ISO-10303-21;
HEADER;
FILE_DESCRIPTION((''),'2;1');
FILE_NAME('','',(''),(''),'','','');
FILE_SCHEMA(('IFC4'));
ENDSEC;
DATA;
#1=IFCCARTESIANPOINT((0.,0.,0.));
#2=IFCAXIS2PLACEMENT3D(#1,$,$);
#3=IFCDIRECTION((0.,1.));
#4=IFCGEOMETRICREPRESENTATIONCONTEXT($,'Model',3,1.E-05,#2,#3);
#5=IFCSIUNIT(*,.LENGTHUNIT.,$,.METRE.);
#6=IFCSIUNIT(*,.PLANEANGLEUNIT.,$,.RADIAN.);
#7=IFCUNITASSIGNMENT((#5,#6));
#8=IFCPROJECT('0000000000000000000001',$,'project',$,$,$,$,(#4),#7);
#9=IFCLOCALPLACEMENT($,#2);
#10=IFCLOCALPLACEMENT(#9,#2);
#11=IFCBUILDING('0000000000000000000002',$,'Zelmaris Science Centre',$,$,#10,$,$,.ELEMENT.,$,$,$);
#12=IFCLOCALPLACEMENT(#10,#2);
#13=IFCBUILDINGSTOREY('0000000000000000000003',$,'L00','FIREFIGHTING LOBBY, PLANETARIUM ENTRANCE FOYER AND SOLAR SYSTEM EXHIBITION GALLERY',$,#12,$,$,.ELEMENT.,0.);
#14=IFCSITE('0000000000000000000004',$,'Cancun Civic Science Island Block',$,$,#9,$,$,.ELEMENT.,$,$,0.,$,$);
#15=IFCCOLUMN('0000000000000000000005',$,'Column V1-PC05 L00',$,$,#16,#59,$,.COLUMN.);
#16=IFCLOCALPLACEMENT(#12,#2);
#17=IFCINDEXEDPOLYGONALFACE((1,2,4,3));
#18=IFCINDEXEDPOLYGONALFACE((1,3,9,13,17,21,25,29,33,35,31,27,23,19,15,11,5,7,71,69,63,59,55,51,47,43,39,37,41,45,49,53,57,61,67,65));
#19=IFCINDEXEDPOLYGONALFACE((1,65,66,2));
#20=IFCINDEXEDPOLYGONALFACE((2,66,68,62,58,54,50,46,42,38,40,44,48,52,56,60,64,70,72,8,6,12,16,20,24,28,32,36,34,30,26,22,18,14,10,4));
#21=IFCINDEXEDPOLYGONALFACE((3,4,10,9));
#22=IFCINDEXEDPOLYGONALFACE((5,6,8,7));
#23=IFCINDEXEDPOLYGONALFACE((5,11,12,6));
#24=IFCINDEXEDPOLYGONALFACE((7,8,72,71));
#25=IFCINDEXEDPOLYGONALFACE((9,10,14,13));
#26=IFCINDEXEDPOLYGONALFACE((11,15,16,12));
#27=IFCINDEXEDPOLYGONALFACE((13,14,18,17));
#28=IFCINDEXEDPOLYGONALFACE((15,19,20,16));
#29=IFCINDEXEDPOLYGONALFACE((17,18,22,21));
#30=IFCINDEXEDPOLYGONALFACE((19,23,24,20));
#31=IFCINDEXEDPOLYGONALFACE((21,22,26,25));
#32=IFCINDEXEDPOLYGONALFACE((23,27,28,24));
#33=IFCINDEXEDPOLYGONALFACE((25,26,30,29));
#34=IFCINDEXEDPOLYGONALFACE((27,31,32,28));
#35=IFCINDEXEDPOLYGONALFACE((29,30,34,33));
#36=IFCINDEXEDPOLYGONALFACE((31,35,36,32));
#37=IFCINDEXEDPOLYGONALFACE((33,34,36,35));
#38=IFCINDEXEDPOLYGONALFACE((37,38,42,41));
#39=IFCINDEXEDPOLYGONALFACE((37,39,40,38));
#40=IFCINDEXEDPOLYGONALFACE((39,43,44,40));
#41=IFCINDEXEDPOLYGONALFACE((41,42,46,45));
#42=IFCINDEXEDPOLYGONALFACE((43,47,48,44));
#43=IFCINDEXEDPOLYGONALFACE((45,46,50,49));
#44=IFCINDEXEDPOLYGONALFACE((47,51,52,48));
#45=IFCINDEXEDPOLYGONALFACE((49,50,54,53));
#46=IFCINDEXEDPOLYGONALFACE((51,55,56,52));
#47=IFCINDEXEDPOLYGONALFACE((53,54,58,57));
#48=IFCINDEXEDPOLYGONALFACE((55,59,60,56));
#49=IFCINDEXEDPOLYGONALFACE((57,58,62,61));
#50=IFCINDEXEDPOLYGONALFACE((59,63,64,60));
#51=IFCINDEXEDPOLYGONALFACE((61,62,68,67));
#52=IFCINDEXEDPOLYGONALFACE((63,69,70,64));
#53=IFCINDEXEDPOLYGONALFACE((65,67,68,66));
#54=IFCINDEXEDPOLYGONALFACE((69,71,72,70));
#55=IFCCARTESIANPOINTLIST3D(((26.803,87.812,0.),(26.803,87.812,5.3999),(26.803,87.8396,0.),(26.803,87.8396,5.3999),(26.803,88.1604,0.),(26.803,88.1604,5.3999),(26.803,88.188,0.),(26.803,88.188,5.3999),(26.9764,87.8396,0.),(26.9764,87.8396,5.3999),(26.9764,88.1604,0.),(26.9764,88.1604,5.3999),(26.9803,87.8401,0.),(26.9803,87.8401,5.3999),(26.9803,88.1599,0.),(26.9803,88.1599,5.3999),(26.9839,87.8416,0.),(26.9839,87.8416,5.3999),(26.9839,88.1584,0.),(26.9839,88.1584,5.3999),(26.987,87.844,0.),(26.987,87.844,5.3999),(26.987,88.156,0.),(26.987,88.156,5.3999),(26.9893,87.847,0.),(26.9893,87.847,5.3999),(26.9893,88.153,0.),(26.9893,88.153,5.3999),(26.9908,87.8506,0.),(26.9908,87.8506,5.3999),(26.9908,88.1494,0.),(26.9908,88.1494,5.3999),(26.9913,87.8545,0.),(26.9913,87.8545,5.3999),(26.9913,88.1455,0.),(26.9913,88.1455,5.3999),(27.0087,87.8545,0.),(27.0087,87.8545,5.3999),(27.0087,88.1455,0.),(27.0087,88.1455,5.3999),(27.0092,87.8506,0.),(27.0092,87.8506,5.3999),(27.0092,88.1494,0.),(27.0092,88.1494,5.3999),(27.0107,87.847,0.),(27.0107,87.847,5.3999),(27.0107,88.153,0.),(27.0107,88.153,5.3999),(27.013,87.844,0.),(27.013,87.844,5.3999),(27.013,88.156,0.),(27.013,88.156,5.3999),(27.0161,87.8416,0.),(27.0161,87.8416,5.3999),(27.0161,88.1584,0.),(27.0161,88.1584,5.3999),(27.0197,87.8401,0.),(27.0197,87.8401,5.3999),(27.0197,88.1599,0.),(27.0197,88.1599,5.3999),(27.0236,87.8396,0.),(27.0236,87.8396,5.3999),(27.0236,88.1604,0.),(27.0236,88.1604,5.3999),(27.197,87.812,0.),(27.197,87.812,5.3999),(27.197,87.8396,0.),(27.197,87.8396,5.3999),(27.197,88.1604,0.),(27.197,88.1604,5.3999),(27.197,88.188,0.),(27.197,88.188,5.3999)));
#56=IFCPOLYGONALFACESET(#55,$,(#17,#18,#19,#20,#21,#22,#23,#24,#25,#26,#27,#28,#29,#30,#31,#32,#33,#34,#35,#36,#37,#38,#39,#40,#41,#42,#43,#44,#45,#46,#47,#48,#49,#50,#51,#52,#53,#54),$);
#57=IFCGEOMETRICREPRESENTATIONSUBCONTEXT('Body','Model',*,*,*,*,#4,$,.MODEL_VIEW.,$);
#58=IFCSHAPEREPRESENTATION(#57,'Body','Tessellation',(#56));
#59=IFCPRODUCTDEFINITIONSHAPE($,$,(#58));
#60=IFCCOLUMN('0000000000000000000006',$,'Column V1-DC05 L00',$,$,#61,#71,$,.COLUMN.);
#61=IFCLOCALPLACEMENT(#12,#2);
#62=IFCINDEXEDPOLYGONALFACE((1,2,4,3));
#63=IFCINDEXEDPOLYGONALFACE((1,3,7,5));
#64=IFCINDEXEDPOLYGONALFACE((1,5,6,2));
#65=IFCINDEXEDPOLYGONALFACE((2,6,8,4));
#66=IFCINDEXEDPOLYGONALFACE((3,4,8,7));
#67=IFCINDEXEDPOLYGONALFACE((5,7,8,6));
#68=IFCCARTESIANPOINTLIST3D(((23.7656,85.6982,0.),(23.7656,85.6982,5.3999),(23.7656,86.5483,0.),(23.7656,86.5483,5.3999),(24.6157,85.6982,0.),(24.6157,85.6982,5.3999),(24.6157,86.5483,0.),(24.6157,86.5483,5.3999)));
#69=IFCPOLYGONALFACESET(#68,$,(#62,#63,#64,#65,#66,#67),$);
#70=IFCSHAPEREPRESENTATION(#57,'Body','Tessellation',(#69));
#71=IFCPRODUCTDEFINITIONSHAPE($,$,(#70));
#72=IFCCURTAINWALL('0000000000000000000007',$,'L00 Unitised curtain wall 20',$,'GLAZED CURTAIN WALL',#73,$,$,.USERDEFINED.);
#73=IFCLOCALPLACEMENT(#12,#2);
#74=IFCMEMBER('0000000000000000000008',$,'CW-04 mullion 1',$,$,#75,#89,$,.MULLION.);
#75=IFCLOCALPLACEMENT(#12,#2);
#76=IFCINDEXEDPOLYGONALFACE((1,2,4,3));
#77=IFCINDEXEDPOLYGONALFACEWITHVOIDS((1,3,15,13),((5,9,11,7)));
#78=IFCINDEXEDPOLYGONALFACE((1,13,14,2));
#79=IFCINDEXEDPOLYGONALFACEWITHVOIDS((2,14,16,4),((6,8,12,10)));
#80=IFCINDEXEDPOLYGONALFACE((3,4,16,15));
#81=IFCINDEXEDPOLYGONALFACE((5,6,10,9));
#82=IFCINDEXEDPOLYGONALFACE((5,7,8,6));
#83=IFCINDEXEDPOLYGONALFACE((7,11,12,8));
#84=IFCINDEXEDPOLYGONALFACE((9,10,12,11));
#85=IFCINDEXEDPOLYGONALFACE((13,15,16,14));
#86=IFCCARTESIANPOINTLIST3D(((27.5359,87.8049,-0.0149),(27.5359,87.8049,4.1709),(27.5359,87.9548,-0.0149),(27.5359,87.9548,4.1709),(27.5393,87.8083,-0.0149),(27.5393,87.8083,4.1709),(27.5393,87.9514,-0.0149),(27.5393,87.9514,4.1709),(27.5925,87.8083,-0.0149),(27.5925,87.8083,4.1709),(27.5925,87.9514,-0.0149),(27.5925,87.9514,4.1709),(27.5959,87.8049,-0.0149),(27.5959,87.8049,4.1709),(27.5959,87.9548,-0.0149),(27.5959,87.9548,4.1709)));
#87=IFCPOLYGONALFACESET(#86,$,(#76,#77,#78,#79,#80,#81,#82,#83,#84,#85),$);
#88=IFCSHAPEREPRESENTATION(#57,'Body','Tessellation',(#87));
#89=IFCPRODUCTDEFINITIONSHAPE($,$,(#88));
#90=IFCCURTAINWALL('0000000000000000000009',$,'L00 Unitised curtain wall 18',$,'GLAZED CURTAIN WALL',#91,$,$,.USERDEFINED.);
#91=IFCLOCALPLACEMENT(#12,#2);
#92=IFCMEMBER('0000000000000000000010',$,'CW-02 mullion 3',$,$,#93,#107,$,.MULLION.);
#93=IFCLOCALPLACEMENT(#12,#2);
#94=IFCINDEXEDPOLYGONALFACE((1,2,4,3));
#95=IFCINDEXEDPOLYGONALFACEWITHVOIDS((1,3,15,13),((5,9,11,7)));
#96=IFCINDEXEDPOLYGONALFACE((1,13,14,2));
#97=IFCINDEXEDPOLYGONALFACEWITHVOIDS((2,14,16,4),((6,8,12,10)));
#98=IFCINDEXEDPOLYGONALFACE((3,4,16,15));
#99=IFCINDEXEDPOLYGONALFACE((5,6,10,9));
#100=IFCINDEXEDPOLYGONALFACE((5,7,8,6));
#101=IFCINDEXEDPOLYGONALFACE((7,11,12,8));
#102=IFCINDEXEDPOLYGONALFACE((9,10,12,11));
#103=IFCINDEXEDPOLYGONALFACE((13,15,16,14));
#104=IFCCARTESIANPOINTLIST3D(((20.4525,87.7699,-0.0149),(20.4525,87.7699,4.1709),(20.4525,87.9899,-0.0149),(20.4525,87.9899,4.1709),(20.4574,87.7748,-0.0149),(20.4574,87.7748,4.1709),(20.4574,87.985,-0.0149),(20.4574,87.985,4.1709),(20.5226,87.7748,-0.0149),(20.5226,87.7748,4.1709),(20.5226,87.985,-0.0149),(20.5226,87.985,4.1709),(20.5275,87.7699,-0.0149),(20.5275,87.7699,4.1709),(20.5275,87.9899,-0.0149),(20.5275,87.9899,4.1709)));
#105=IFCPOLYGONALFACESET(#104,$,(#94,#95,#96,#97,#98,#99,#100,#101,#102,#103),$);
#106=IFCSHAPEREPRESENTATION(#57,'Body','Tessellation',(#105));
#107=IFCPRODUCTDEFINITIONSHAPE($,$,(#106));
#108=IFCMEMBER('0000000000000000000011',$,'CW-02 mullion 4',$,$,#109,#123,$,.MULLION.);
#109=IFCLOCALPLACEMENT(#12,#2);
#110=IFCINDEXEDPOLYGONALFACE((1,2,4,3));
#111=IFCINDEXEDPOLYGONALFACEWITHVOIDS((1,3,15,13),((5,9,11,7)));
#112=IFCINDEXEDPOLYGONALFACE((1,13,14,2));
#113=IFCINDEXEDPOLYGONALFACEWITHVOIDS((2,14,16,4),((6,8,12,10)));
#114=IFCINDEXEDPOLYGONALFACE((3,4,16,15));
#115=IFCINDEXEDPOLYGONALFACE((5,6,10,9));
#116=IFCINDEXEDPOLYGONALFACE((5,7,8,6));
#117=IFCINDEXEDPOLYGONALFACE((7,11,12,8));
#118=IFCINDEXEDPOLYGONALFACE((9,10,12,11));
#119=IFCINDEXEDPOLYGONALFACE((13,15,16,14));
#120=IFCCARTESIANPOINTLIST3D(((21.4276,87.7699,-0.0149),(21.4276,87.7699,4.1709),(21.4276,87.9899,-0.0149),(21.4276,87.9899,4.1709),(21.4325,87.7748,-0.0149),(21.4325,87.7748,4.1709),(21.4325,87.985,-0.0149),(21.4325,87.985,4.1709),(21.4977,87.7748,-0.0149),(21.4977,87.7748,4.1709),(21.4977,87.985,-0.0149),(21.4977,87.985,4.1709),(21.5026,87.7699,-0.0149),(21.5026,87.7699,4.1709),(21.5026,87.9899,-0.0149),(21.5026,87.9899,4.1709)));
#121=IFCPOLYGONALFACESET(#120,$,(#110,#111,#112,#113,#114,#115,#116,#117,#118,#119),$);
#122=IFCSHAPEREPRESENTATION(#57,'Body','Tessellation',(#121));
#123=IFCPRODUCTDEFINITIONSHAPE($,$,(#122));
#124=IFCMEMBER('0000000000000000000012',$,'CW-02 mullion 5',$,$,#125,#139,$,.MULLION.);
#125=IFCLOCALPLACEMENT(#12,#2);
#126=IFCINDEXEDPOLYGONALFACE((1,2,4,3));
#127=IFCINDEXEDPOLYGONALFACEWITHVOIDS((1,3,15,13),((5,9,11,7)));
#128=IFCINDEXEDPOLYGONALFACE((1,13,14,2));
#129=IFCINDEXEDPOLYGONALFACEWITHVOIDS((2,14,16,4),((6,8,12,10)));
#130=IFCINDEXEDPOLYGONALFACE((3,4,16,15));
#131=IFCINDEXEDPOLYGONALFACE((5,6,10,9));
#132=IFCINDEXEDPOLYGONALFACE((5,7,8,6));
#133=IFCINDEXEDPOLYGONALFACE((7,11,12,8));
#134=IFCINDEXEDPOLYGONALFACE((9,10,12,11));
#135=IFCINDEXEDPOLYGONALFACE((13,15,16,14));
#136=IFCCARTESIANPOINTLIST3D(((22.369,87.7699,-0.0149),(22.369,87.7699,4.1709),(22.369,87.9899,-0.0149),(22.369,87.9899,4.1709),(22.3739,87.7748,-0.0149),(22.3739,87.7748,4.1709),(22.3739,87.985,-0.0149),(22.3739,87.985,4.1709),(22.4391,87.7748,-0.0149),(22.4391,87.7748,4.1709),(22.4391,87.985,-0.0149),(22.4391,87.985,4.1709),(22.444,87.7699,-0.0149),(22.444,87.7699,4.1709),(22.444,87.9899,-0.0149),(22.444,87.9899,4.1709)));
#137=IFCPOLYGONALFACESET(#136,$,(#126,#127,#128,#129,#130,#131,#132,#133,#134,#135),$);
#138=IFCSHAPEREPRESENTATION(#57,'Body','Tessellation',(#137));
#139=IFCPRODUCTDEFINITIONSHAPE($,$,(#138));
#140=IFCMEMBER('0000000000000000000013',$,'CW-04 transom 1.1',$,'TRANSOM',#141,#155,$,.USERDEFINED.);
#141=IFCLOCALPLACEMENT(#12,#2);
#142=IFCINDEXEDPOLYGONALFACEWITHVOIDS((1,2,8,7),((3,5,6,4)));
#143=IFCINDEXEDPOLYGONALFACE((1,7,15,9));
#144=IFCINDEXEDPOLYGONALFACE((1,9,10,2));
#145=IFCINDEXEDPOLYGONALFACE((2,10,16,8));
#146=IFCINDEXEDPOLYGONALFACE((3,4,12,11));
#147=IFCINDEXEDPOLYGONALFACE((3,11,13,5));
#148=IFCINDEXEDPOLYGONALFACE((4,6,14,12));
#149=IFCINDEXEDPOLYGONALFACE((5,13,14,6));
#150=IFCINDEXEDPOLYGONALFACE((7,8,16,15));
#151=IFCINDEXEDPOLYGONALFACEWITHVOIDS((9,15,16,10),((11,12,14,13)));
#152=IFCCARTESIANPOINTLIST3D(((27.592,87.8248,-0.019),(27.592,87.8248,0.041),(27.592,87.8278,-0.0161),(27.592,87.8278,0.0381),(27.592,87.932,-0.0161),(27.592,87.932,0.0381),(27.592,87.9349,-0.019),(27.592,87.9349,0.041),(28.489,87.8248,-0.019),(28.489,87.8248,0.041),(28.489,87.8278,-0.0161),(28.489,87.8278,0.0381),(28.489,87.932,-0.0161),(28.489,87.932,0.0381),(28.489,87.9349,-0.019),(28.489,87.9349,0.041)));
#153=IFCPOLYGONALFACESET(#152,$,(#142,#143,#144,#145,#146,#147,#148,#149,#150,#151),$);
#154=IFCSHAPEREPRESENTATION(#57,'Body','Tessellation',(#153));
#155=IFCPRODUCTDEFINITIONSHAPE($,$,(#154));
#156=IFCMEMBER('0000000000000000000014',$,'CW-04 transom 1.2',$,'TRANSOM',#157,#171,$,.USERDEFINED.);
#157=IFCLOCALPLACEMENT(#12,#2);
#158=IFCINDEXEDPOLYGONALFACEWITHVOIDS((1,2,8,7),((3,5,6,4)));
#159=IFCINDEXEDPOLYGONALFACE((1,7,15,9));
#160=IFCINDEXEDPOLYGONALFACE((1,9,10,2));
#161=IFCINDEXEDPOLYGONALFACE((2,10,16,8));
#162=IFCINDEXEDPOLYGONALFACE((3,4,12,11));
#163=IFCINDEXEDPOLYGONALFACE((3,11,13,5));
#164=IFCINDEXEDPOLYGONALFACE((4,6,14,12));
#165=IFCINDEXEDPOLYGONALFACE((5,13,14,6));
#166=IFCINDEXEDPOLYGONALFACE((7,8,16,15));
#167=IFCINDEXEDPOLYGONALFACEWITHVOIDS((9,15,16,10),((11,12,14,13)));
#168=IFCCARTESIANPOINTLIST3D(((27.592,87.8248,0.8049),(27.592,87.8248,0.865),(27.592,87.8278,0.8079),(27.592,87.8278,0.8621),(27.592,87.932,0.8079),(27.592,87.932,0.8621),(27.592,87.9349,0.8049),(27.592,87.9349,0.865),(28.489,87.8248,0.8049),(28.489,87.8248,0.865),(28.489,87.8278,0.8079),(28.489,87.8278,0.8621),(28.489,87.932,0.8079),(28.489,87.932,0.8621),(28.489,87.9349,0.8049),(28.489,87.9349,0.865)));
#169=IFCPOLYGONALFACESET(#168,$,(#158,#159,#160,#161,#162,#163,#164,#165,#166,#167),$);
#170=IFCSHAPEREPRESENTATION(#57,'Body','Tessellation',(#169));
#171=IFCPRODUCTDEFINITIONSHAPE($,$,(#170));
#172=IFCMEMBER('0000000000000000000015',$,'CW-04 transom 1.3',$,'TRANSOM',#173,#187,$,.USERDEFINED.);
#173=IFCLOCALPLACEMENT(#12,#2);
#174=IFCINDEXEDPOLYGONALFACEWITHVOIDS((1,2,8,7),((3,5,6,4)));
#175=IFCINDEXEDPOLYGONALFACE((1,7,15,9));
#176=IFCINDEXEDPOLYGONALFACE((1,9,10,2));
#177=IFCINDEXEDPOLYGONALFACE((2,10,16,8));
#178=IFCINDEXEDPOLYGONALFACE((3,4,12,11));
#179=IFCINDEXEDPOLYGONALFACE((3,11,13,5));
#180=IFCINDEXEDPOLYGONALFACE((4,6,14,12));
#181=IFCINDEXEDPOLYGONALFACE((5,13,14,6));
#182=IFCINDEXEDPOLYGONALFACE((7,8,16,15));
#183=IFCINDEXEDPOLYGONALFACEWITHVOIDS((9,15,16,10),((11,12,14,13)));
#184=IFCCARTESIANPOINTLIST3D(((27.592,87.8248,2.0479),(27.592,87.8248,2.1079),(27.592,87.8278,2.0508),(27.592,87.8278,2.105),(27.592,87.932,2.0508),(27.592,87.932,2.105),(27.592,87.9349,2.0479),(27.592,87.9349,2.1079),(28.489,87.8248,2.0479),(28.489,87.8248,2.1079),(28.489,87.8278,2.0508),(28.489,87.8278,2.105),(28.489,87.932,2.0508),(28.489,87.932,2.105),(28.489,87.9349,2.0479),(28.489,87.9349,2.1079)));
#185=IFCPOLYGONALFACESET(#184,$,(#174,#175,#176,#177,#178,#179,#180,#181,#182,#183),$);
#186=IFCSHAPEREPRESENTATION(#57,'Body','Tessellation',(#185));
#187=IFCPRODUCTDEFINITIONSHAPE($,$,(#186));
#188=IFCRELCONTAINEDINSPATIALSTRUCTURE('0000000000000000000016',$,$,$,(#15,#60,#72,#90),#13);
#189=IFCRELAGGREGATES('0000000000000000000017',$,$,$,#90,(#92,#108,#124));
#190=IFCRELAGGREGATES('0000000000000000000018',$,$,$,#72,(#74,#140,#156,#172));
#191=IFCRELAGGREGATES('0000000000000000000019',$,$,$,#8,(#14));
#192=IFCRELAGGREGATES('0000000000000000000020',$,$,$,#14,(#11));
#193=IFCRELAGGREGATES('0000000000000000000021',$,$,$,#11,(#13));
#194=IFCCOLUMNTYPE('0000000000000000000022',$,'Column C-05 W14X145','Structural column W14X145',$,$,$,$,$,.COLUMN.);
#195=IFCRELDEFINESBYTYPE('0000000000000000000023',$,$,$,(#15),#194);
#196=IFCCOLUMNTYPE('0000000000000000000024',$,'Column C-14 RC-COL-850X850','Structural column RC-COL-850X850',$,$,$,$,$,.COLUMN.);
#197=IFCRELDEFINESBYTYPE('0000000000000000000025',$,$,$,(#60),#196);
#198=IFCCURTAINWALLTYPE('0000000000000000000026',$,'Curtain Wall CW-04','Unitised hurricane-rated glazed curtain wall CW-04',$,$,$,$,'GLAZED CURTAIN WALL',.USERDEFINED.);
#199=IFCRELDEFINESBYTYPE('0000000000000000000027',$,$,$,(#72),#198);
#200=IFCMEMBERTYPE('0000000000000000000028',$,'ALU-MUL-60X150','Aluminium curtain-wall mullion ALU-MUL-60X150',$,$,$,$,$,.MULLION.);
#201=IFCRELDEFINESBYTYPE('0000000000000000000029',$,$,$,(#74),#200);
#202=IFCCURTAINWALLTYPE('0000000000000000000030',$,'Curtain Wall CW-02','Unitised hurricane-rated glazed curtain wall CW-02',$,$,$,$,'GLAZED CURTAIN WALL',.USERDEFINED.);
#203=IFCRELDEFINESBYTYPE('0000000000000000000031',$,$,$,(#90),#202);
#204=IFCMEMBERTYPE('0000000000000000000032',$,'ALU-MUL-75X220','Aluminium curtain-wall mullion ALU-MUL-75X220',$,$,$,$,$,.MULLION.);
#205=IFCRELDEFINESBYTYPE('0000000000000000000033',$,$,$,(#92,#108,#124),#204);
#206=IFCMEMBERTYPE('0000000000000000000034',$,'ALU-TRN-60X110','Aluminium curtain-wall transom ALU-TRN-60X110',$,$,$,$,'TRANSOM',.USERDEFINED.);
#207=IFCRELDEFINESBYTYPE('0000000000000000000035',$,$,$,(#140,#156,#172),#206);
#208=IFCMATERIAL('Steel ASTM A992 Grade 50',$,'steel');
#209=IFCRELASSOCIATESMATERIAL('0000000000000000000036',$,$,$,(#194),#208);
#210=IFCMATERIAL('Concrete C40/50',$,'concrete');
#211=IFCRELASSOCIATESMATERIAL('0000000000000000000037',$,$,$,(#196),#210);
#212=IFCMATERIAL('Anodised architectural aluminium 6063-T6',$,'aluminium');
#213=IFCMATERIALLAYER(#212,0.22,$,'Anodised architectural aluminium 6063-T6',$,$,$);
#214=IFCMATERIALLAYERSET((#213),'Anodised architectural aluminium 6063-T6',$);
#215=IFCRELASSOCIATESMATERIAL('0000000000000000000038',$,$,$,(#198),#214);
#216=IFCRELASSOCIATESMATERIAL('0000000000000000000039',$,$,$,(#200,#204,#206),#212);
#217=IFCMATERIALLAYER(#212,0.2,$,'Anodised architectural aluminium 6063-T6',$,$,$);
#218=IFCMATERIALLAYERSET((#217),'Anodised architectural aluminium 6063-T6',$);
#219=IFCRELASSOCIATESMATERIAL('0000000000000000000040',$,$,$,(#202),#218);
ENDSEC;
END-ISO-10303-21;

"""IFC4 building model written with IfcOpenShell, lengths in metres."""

from ifc_helpers import new_model, si_unit, direction, frame, origin, origin_2d, place, context, subcontext, project, spatial, rectangle, hollow_rectangle, i_section, extrude, material, layer, layer_set, material_profile, profile_set, type_object, element, aggregate, save


model = new_model("IFC4")

# Units and contexts
model_context = context("Model", 3, precision=1e-05, world=origin(), true_north=direction((0.0, 1.0)))
body_context = subcontext(model_context, "Body", "Model", "MODEL_VIEW")
ifc_project = project(units=[si_unit("LENGTHUNIT", "METRE"), si_unit("PLANEANGLEUNIT", "RADIAN")], contexts=[model_context])

# Site, building, storey
site_placement = place(None, origin())
site = spatial("IfcSite", under=ifc_project, at=site_placement, Name="Cancun Civic Science Island Block", CompositionType="ELEMENT", RefElevation=0.0)
building_placement = place(site_placement, origin())
building = spatial("IfcBuilding", under=site, at=building_placement, Name="Zelmaris Science Centre", CompositionType="ELEMENT")
storey_placement = place(building_placement, origin())
storey = spatial("IfcBuildingStorey", under=building, at=storey_placement, Name="L00", Description="FIREFIGHTING LOBBY, PLANETARIUM ENTRANCE FOYER AND SOLAR SYSTEM EXHIBITION GALLERY", CompositionType="ELEMENT", Elevation=0.0)

# Columns
ifc_material_1 = material(Name="Steel ASTM A992 Grade 50", Category="steel")
ifc_material_profile_1 = material_profile(ifc_material_1, i_section(OverallWidth=0.394, OverallDepth=0.376, WebThickness=0.0173, FlangeThickness=0.0276, FilletRadius=0.0149, at=origin_2d()), Name="W14X145")
ifc_profile_set_1 = profile_set([ifc_material_profile_1], Name="Steel ASTM A992 Grade 50")
column_type_1 = type_object("IfcColumnType", Name="Column C-05 W14X145", Description="Structural column W14X145", PredefinedType="COLUMN", material=ifc_profile_set_1)
column_1_placement = place(storey_placement, frame((27.0, 88.0, 0.0), z_axis=(0.0, 0.0, 1.0), x_axis=(1.0, 0.0, 0.0)))
element("IfcColumn", 1, at=column_1_placement, inside=storey, type_object=column_type_1, Name="Column V1-PC05 L00", PredefinedType="COLUMN", context=body_context, shape_type="SweptSolid", body=[
    extrude(i_section(OverallWidth=0.394, OverallDepth=0.376, WebThickness=0.0173, FlangeThickness=0.0276, FilletRadius=0.0149, at=origin_2d()), origin(), (0.0, 0.0, 1.0), 5.3999),
])
ifc_material_2 = material(Name="Concrete C40/50", Category="concrete")
ifc_material_profile_2 = material_profile(ifc_material_2, rectangle(XDim=0.8501, YDim=0.8501, at=origin_2d()), Name="RC-COL-850X850")
ifc_profile_set_2 = profile_set([ifc_material_profile_2], Name="Concrete C40/50")
column_type_2 = type_object("IfcColumnType", Name="Column C-14 RC-COL-850X850", Description="Structural column RC-COL-850X850", PredefinedType="COLUMN", material=ifc_profile_set_2)
column_2_placement = place(storey_placement, frame((24.1907, 86.1233, 0.0), z_axis=(0.0, 0.0, 1.0), x_axis=(1.0, 0.0, 0.0)))
element("IfcColumn", 2, at=column_2_placement, inside=storey, type_object=column_type_2, Name="Column V1-DC05 L00", PredefinedType="COLUMN", context=body_context, shape_type="SweptSolid", body=[
    extrude(rectangle(XDim=0.8501, YDim=0.8501, at=origin_2d()), origin(), (0.0, 0.0, 1.0), 5.3999),
])

# Curtain wall, member
ifc_material_3 = material(Name="Anodised architectural aluminium 6063-T6", Category="aluminium")
ifc_layer_1 = layer(ifc_material_3, 0.22, Name="Anodised architectural aluminium 6063-T6")
ifc_layer_set_1 = layer_set([ifc_layer_1], Name="Anodised architectural aluminium 6063-T6")
curtain_wall_type_1 = type_object("IfcCurtainWallType", Name="Curtain Wall CW-04", Description="Unitised hurricane-rated glazed curtain wall CW-04", ElementType="GLAZED CURTAIN WALL", PredefinedType="USERDEFINED", material=ifc_layer_set_1)
curtain_wall_1_placement = place(storey_placement, origin())
curtain_wall_1 = element("IfcCurtainWall", 3, at=curtain_wall_1_placement, inside=storey, type_object=curtain_wall_type_1, Name="L00 Unitised curtain wall 20", ObjectType="GLAZED CURTAIN WALL", PredefinedType="USERDEFINED")
ifc_material_profile_3 = material_profile(ifc_material_3, hollow_rectangle(XDim=0.0601, YDim=0.1499, WallThickness=0.0034, at=origin_2d()), Name="ALU-MUL-60X150")
ifc_profile_set_3 = profile_set([ifc_material_profile_3], Name="Anodised architectural aluminium 6063-T6")
member_type_1 = type_object("IfcMemberType", Name="ALU-MUL-60X150", Description="Aluminium curtain-wall mullion ALU-MUL-60X150", PredefinedType="MULLION", material=ifc_profile_set_3)
member_1_placement = place(storey_placement, frame((27.5659, 87.8799, -0.0149), z_axis=(0.0, 0.0, 1.0), x_axis=(1.0, 0.0, 0.0)))
member_1 = element("IfcMember", 4, at=member_1_placement, type_object=member_type_1, Name="CW-04 mullion 1", PredefinedType="MULLION", context=body_context, shape_type="SweptSolid", body=[
    extrude(hollow_rectangle(XDim=0.0601, YDim=0.1499, WallThickness=0.0034, at=origin_2d()), origin(), (0.0, 0.0, 1.0), 4.1858),
])

# Curtain wall, members
ifc_layer_2 = layer(ifc_material_3, 0.2, Name="Anodised architectural aluminium 6063-T6")
ifc_layer_set_2 = layer_set([ifc_layer_2], Name="Anodised architectural aluminium 6063-T6")
curtain_wall_type_2 = type_object("IfcCurtainWallType", Name="Curtain Wall CW-02", Description="Unitised hurricane-rated glazed curtain wall CW-02", ElementType="GLAZED CURTAIN WALL", PredefinedType="USERDEFINED", material=ifc_layer_set_2)
curtain_wall_2_placement = place(storey_placement, origin())
curtain_wall_2 = element("IfcCurtainWall", 5, at=curtain_wall_2_placement, inside=storey, type_object=curtain_wall_type_2, Name="L00 Unitised curtain wall 18", ObjectType="GLAZED CURTAIN WALL", PredefinedType="USERDEFINED")
ifc_material_profile_4 = material_profile(ifc_material_3, hollow_rectangle(XDim=0.075, YDim=0.22, WallThickness=0.0049, at=origin_2d()), Name="ALU-MUL-75X220")
ifc_profile_set_4 = profile_set([ifc_material_profile_4], Name="Anodised architectural aluminium 6063-T6")
member_type_2 = type_object("IfcMemberType", Name="ALU-MUL-75X220", Description="Aluminium curtain-wall mullion ALU-MUL-75X220", PredefinedType="MULLION", material=ifc_profile_set_4)
member_2_placement = place(storey_placement, frame((20.49, 87.8799, -0.0149), z_axis=(0.0, 0.0, 1.0), x_axis=(1.0, 0.0, 0.0)))
member_2 = element("IfcMember", 6, at=member_2_placement, type_object=member_type_2, Name="CW-02 mullion 3", PredefinedType="MULLION", context=body_context, shape_type="SweptSolid", body=[
    extrude(hollow_rectangle(XDim=0.075, YDim=0.22, WallThickness=0.0049, at=origin_2d()), origin(), (0.0, 0.0, 1.0), 4.1858),
])
member_3_placement = place(storey_placement, frame((21.4651, 87.8799, -0.0149), z_axis=(0.0, 0.0, 1.0), x_axis=(1.0, 0.0, 0.0)))
member_3 = element("IfcMember", 7, at=member_3_placement, type_object=member_type_2, Name="CW-02 mullion 4", PredefinedType="MULLION", context=body_context, shape_type="SweptSolid", body=[
    extrude(hollow_rectangle(XDim=0.075, YDim=0.22, WallThickness=0.0049, at=origin_2d()), origin(), (0.0, 0.0, 1.0), 4.1858),
])
member_4_placement = place(storey_placement, frame((22.4065, 87.8799, -0.0149), z_axis=(0.0, 0.0, 1.0), x_axis=(1.0, 0.0, 0.0)))
member_4 = element("IfcMember", 8, at=member_4_placement, type_object=member_type_2, Name="CW-02 mullion 5", PredefinedType="MULLION", context=body_context, shape_type="SweptSolid", body=[
    extrude(hollow_rectangle(XDim=0.075, YDim=0.22, WallThickness=0.0049, at=origin_2d()), origin(), (0.0, 0.0, 1.0), 4.1858),
])

# Members
ifc_material_profile_5 = material_profile(ifc_material_3, hollow_rectangle(XDim=0.0601, YDim=0.1101, WallThickness=0.0029, at=origin_2d()), Name="ALU-TRN-60X110")
ifc_profile_set_5 = profile_set([ifc_material_profile_5], Name="Anodised architectural aluminium 6063-T6")
member_type_3 = type_object("IfcMemberType", Name="ALU-TRN-60X110", Description="Aluminium curtain-wall transom ALU-TRN-60X110", ElementType="TRANSOM", PredefinedType="USERDEFINED", material=ifc_profile_set_5)
member_5_placement = place(storey_placement, frame((27.592, 87.8799, 0.011), z_axis=(1.0, 0.0, 0.0), x_axis=(0.0, 0.0, 1.0)))
member_5 = element("IfcMember", 9, at=member_5_placement, type_object=member_type_3, Name="CW-04 transom 1.1", ObjectType="TRANSOM", PredefinedType="USERDEFINED", context=body_context, shape_type="SweptSolid", body=[
    extrude(hollow_rectangle(XDim=0.0601, YDim=0.1101, WallThickness=0.0029, at=origin_2d()), origin(), (0.0, 0.0, 1.0), 0.897),
])
member_6_placement = place(storey_placement, frame((27.592, 87.8799, 0.835), z_axis=(1.0, 0.0, 0.0), x_axis=(0.0, 0.0, 1.0)))
member_6 = element("IfcMember", 10, at=member_6_placement, type_object=member_type_3, Name="CW-04 transom 1.2", ObjectType="TRANSOM", PredefinedType="USERDEFINED", context=body_context, shape_type="SweptSolid", body=[
    extrude(hollow_rectangle(XDim=0.0601, YDim=0.1101, WallThickness=0.0029, at=origin_2d()), origin(), (0.0, 0.0, 1.0), 0.897),
])
member_7_placement = place(storey_placement, frame((27.592, 87.8799, 2.0779), z_axis=(1.0, 0.0, 0.0), x_axis=(0.0, 0.0, 1.0)))
member_7 = element("IfcMember", 11, at=member_7_placement, type_object=member_type_3, Name="CW-04 transom 1.3", ObjectType="TRANSOM", PredefinedType="USERDEFINED", context=body_context, shape_type="SweptSolid", body=[
    extrude(hollow_rectangle(XDim=0.0601, YDim=0.1101, WallThickness=0.0029, at=origin_2d()), origin(), (0.0, 0.0, 1.0), 0.897),
])

aggregate(curtain_wall_2, [member_2, member_3, member_4])
aggregate(curtain_wall_1, [member_1, member_5, member_6, member_7])

save(model, "model.ifc")
